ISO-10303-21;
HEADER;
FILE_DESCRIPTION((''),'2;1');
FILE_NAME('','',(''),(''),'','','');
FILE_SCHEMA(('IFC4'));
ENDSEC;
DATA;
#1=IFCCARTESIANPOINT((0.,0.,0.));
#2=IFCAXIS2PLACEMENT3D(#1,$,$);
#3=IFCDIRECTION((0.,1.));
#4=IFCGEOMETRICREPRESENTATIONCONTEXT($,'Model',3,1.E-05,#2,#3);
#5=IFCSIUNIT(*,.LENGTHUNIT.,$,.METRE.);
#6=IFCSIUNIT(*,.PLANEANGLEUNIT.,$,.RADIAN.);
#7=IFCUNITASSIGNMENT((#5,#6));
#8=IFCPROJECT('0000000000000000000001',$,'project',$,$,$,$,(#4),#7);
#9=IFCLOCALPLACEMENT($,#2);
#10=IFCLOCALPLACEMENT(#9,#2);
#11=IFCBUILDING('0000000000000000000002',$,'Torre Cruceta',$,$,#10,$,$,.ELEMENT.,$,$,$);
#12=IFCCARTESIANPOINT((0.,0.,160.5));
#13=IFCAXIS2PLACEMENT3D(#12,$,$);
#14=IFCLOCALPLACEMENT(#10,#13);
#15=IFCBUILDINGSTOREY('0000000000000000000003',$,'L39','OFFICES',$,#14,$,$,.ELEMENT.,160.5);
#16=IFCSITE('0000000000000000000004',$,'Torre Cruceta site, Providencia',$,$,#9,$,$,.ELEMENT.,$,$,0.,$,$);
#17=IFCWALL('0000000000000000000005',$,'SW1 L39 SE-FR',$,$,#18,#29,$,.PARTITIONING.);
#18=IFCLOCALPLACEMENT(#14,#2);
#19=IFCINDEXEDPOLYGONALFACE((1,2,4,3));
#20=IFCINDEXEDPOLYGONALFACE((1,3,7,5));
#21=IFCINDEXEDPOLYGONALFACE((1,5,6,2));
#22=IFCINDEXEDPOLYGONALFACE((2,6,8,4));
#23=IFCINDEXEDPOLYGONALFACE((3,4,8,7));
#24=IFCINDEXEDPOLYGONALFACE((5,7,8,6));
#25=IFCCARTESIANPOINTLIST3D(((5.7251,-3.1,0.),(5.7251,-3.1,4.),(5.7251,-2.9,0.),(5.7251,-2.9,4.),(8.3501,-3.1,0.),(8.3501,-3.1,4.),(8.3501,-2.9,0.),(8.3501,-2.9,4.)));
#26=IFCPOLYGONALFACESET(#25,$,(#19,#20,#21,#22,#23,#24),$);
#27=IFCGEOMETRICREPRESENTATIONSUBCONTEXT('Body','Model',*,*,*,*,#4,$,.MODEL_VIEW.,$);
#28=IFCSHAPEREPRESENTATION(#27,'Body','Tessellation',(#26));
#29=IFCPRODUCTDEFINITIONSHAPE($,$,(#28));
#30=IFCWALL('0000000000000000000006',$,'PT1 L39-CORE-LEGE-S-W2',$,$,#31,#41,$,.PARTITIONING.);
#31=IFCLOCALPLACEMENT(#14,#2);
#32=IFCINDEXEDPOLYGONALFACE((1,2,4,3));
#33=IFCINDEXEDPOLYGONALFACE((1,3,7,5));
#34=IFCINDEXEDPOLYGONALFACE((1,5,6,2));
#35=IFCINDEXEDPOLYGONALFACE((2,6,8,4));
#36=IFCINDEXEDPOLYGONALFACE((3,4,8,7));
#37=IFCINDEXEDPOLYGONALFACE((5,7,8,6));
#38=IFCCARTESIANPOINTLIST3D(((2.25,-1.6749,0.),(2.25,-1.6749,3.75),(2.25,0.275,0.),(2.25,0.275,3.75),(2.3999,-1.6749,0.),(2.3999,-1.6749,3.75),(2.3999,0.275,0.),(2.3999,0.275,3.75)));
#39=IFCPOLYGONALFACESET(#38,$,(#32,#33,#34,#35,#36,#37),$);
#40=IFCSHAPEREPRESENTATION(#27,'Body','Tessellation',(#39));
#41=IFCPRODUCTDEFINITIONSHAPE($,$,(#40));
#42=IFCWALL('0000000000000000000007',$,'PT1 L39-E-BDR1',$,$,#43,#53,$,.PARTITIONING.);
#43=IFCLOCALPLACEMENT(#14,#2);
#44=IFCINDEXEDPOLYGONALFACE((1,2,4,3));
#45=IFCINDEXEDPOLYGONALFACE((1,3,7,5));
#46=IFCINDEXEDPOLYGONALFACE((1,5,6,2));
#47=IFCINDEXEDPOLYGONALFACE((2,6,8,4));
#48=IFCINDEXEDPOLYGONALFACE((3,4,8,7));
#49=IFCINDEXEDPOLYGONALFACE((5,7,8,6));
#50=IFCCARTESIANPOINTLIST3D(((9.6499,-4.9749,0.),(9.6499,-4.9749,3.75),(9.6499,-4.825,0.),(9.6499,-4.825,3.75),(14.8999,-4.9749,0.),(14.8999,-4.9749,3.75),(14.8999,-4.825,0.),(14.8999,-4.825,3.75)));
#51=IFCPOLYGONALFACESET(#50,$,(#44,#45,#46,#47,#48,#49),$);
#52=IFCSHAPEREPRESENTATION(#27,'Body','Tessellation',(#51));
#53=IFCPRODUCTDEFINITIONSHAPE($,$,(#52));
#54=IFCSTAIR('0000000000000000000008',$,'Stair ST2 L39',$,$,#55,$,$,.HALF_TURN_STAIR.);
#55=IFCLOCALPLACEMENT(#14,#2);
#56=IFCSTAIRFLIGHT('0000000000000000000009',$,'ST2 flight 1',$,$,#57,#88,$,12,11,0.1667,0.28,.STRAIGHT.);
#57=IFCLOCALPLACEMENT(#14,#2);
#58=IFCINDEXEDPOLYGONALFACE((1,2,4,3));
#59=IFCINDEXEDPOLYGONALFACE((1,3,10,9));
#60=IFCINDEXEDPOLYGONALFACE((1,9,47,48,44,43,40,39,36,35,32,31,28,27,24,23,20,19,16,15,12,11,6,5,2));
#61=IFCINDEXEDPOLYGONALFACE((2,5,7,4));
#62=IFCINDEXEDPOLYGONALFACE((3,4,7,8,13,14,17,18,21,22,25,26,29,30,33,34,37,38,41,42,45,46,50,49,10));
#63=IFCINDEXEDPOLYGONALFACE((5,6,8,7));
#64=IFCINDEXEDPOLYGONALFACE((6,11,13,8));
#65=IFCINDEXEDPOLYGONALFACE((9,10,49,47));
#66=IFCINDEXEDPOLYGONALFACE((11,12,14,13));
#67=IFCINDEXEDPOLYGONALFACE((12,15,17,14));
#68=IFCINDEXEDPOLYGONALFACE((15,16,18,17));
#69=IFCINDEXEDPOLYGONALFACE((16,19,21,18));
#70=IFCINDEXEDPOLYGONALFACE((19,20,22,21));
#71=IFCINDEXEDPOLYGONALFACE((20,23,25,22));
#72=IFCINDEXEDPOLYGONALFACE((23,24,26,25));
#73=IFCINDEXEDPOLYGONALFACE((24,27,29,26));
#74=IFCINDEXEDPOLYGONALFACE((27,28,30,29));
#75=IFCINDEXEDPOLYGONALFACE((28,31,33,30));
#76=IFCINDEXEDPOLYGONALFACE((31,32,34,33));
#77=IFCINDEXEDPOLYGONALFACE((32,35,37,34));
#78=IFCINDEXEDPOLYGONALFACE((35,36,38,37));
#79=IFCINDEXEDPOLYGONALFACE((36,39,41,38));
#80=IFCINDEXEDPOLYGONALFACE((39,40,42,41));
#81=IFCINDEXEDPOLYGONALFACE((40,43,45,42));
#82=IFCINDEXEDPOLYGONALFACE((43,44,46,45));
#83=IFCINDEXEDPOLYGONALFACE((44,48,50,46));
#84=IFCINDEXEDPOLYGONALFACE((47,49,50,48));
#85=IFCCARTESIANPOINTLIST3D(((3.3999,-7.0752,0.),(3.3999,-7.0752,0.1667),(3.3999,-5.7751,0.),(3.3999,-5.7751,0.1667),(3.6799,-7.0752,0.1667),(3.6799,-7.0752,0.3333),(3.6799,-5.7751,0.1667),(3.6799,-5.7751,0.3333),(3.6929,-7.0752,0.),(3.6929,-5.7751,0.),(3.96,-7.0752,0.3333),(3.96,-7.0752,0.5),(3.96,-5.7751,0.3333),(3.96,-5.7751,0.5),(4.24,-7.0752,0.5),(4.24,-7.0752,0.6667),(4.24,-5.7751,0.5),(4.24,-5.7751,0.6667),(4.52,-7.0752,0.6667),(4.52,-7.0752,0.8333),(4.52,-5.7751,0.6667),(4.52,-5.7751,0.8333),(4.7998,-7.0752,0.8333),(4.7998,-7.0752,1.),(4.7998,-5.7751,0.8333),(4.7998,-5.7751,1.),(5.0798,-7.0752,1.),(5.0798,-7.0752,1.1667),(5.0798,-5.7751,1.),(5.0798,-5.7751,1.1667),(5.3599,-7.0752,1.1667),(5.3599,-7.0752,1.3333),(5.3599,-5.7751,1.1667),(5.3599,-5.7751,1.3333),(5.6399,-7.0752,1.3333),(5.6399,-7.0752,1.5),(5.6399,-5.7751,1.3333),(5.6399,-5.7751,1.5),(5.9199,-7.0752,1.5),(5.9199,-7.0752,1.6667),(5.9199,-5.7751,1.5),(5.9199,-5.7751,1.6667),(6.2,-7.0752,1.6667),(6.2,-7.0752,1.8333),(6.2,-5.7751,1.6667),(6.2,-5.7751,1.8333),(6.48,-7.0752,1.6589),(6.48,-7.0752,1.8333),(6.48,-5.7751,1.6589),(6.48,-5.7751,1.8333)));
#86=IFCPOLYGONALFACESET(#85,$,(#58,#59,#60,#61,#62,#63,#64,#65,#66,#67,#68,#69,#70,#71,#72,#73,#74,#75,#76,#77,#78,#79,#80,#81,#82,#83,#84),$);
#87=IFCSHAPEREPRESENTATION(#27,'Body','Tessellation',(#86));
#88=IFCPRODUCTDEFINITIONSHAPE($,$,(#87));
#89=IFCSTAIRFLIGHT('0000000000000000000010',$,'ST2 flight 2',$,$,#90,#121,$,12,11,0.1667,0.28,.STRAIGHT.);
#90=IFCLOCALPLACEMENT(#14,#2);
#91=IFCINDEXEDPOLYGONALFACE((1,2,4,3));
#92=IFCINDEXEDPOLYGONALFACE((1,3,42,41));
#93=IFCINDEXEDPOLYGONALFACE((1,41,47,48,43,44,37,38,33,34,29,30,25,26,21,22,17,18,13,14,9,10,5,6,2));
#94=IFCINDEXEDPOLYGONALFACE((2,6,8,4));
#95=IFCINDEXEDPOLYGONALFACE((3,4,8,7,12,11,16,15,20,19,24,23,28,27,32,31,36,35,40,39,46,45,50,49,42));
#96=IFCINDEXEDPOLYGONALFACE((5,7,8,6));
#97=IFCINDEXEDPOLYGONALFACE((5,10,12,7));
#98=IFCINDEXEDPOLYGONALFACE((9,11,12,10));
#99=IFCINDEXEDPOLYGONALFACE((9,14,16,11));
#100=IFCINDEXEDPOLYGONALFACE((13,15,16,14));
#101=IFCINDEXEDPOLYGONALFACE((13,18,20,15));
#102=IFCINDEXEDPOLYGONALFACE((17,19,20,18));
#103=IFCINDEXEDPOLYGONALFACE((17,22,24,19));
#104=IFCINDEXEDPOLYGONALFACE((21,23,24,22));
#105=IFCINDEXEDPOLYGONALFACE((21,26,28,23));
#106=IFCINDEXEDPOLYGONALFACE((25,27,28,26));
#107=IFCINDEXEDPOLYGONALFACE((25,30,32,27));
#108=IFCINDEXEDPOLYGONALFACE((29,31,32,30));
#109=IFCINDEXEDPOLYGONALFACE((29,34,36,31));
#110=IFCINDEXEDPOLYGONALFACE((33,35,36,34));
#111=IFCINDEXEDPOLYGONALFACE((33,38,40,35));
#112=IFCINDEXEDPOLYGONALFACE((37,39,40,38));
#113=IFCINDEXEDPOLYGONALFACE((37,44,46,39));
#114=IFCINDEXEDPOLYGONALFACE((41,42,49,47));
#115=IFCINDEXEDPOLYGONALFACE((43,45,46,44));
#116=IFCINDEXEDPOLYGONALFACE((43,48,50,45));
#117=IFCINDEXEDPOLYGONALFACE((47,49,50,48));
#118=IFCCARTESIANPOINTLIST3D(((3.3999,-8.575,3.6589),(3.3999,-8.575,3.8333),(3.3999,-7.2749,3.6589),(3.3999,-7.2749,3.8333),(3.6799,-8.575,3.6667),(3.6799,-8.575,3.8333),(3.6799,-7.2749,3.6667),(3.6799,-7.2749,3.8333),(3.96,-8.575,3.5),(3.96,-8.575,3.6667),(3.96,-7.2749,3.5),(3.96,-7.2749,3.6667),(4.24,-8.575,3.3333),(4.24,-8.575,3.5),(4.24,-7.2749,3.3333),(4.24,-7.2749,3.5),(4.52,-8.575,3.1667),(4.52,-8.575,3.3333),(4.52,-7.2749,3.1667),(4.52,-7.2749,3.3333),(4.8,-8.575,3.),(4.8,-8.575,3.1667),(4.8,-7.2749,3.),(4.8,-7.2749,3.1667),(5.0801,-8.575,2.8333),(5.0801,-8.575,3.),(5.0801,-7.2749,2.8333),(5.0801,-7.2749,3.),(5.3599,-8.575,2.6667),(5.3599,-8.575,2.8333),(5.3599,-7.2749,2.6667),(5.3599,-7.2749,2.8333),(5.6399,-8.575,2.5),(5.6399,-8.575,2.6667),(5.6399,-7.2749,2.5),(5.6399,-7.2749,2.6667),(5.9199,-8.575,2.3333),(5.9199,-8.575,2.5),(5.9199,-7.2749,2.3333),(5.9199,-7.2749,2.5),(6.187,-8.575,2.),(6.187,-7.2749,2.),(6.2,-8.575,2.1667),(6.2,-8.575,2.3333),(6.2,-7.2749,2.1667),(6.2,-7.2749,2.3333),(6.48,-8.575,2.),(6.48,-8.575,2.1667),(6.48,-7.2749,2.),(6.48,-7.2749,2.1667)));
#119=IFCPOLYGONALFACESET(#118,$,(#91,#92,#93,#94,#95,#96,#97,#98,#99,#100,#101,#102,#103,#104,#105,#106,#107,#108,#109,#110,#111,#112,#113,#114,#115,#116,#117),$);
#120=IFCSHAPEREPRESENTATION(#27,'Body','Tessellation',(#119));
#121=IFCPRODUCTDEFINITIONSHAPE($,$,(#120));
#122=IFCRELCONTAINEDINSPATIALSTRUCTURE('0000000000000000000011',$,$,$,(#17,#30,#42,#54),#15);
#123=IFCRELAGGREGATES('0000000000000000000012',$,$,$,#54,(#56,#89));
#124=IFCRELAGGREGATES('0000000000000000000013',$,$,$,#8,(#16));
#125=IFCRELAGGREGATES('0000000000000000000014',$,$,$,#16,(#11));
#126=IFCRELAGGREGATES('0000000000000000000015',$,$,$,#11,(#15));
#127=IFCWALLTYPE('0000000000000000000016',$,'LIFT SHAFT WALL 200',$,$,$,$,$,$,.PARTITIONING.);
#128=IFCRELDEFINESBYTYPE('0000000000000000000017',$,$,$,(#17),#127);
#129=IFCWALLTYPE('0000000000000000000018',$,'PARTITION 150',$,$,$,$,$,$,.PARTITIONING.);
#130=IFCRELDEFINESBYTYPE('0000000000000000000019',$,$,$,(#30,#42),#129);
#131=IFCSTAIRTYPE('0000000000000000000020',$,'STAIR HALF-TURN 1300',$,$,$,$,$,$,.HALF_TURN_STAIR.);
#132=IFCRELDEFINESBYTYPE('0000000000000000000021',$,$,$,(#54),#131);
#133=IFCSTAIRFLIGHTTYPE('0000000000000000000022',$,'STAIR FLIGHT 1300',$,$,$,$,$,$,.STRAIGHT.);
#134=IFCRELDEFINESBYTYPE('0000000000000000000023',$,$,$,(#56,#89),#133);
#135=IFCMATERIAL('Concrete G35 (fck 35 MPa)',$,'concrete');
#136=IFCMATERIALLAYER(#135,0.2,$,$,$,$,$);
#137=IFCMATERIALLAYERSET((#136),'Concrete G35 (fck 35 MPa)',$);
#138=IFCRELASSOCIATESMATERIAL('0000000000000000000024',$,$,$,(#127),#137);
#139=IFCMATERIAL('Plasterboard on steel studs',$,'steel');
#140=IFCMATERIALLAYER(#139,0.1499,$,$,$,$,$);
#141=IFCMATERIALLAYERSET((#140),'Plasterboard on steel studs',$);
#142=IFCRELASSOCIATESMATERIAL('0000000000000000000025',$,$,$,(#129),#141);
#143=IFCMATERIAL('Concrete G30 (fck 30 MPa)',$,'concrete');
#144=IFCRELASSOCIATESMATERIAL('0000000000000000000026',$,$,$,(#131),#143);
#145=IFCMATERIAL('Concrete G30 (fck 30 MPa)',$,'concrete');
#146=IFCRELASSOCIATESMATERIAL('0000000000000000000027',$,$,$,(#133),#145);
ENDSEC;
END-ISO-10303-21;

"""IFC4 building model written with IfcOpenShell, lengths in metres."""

from ifc_helpers import new_model, si_unit, direction, frame, frame_2d, origin, place, context, subcontext, project, spatial, polyline, rectangle, outline, extrude, material, layer, layer_set, type_object, element, aggregate, save


model = new_model("IFC4")

# Units and contexts
model_context = context("Model", 3, precision=1e-05, world=origin(), true_north=direction((0.0, 1.0)))
body_context = subcontext(model_context, "Body", "Model", "MODEL_VIEW")
ifc_project = project(units=[si_unit("LENGTHUNIT", "METRE"), si_unit("PLANEANGLEUNIT", "RADIAN")], contexts=[model_context])

# Site, building, storey
site_placement = place(None, origin())
site = spatial("IfcSite", under=ifc_project, at=site_placement, Name="Torre Cruceta site, Providencia", CompositionType="ELEMENT", RefElevation=0.0)
building_placement = place(site_placement, origin())
building = spatial("IfcBuilding", under=site, at=building_placement, Name="Torre Cruceta", CompositionType="ELEMENT")
storey_placement = place(building_placement, frame((0.0, 0.0, 160.5)))
storey = spatial("IfcBuildingStorey", under=building, at=storey_placement, Name="L39", Description="OFFICES", CompositionType="ELEMENT", Elevation=160.5)

# Walls
ifc_material_1 = material(Name="Concrete G35 (fck 35 MPa)", Category="concrete")
ifc_layer_1 = layer(ifc_material_1, 0.2)
ifc_layer_set_1 = layer_set([ifc_layer_1], Name="Concrete G35 (fck 35 MPa)")
wall_type_1 = type_object("IfcWallType", Name="LIFT SHAFT WALL 200", PredefinedType="PARTITIONING", material=ifc_layer_set_1)
wall_1_placement = place(storey_placement, frame((5.7251, -3.0, 0.0), z_axis=(0.0, 0.0, 1.0), x_axis=(1.0, 0.0, 0.0)))
element("IfcWall", 1, at=wall_1_placement, inside=storey, type_object=wall_type_1, Name="SW1 L39 SE-FR", PredefinedType="PARTITIONING", context=body_context, shape_type="SweptSolid", body=[
    extrude(rectangle(XDim=2.625, YDim=0.2, at=frame_2d((1.3125, 0.0))), origin(), (0.0, 0.0, 1.0), 4.0),
])
ifc_material_2 = material(Name="Plasterboard on steel studs", Category="steel")
ifc_layer_2 = layer(ifc_material_2, 0.1499)
ifc_layer_set_2 = layer_set([ifc_layer_2], Name="Plasterboard on steel studs")
wall_type_2 = type_object("IfcWallType", Name="PARTITION 150", PredefinedType="PARTITIONING", material=ifc_layer_set_2)
wall_2_placement = place(storey_placement, frame((2.325, -1.675, 0.0), z_axis=(0.0, 0.0, 1.0), x_axis=(0.0, 1.0, 0.0)))
element("IfcWall", 2, at=wall_2_placement, inside=storey, type_object=wall_type_2, Name="PT1 L39-CORE-LEGE-S-W2", PredefinedType="PARTITIONING", context=body_context, shape_type="SweptSolid", body=[
    extrude(rectangle(XDim=1.95, YDim=0.1499, at=frame_2d((0.9751, 0.0))), origin(), (0.0, 0.0, 1.0), 3.75),
])
wall_3_placement = place(storey_placement, frame((9.6499, -4.8999, 0.0), z_axis=(0.0, 0.0, 1.0), x_axis=(1.0, 0.0, 0.0)))
element("IfcWall", 3, at=wall_3_placement, inside=storey, type_object=wall_type_2, Name="PT1 L39-E-BDR1", PredefinedType="PARTITIONING", context=body_context, shape_type="SweptSolid", body=[
    extrude(rectangle(XDim=5.25, YDim=0.1499, at=frame_2d((2.625, 0.0))), origin(), (0.0, 0.0, 1.0), 3.75),
])

# Stair, stair flights
ifc_material_3 = material(Name="Concrete G30 (fck 30 MPa)", Category="concrete")
stair_type = type_object("IfcStairType", Name="STAIR HALF-TURN 1300", PredefinedType="HALF_TURN_STAIR", material=ifc_material_3)
stair_placement = place(storey_placement, origin())
stair = element("IfcStair", 4, at=stair_placement, inside=storey, type_object=stair_type, Name="Stair ST2 L39", PredefinedType="HALF_TURN_STAIR")
ifc_material_4 = material(Name="Concrete G30 (fck 30 MPa)", Category="concrete")
stair_flight_type = type_object("IfcStairFlightType", Name="STAIR FLIGHT 1300", PredefinedType="STRAIGHT", material=ifc_material_4)
stair_flight_1_placement = place(storey_placement, frame((3.3999, -6.425, 0.0), z_axis=(0.0, 0.0, 1.0), x_axis=(1.0, 0.0, 0.0)))
stair_flight_1 = element("IfcStairFlight", 5, at=stair_flight_1_placement, type_object=stair_flight_type, Name="ST2 flight 1", NumberOfRisers=12, NumberOfTreads=11, PredefinedType="STRAIGHT", RiserHeight=0.1667, TreadLength=0.28, context=body_context, shape_type="SweptSolid", body=[
    extrude(outline(polyline([(0.0, 0.0), (0.0, 0.1667), (0.28, 0.1667), (0.28, 0.3333), (0.5601, 0.3333), (0.5601, 0.5), (0.8401, 0.5), (0.8401, 0.6667), (1.1201, 0.6667), (1.1201, 0.8333), (1.3999, 0.8333), (1.3999, 1.0), (1.6799, 1.0), (1.6799, 1.1667), (1.96, 1.1667), (1.96, 1.3333), (2.24, 1.3333), (2.24, 1.5), (2.52, 1.5), (2.52, 1.6667), (2.8, 1.6667), (2.8, 1.8333), (3.0801, 1.8333), (3.0801, 2.0), (3.0801, 1.6589), (0.293, 0.0), (0.0, 0.0)])), frame((0.0, 0.6499, 0.0), z_axis=(0.0, -1.0, 0.0), x_axis=(1.0, 0.0, 0.0)), (0.0, 0.0, 1.0), 1.3),
])
stair_flight_2_placement = place(storey_placement, frame((6.48, -7.925, 2.0), z_axis=(0.0, 0.0, 1.0), x_axis=(-1.0, 0.0, 0.0)))
stair_flight_2 = element("IfcStairFlight", 6, at=stair_flight_2_placement, type_object=stair_flight_type, Name="ST2 flight 2", NumberOfRisers=12, NumberOfTreads=11, PredefinedType="STRAIGHT", RiserHeight=0.1667, TreadLength=0.28, context=body_context, shape_type="SweptSolid", body=[
    extrude(outline(polyline([(0.0, 0.0), (0.0, 0.1667), (0.28, 0.1667), (0.28, 0.3333), (0.5601, 0.3333), (0.5601, 0.5), (0.8401, 0.5), (0.8401, 0.6667), (1.1201, 0.6667), (1.1201, 0.8333), (1.3999, 0.8333), (1.3999, 1.0), (1.6799, 1.0), (1.6799, 1.1667), (1.96, 1.1667), (1.96, 1.3333), (2.24, 1.3333), (2.24, 1.5), (2.52, 1.5), (2.52, 1.6667), (2.8, 1.6667), (2.8, 1.8333), (3.0801, 1.8333), (3.0801, 2.0), (3.0801, 1.6589), (0.293, 0.0), (0.0, 0.0)])), frame((0.0, 0.6499, 0.0), z_axis=(0.0, -1.0, 0.0), x_axis=(1.0, 0.0, 0.0)), (0.0, 0.0, 1.0), 1.3),
])
aggregate(stair, [stair_flight_1, stair_flight_2])

save(model, "model.ifc")
